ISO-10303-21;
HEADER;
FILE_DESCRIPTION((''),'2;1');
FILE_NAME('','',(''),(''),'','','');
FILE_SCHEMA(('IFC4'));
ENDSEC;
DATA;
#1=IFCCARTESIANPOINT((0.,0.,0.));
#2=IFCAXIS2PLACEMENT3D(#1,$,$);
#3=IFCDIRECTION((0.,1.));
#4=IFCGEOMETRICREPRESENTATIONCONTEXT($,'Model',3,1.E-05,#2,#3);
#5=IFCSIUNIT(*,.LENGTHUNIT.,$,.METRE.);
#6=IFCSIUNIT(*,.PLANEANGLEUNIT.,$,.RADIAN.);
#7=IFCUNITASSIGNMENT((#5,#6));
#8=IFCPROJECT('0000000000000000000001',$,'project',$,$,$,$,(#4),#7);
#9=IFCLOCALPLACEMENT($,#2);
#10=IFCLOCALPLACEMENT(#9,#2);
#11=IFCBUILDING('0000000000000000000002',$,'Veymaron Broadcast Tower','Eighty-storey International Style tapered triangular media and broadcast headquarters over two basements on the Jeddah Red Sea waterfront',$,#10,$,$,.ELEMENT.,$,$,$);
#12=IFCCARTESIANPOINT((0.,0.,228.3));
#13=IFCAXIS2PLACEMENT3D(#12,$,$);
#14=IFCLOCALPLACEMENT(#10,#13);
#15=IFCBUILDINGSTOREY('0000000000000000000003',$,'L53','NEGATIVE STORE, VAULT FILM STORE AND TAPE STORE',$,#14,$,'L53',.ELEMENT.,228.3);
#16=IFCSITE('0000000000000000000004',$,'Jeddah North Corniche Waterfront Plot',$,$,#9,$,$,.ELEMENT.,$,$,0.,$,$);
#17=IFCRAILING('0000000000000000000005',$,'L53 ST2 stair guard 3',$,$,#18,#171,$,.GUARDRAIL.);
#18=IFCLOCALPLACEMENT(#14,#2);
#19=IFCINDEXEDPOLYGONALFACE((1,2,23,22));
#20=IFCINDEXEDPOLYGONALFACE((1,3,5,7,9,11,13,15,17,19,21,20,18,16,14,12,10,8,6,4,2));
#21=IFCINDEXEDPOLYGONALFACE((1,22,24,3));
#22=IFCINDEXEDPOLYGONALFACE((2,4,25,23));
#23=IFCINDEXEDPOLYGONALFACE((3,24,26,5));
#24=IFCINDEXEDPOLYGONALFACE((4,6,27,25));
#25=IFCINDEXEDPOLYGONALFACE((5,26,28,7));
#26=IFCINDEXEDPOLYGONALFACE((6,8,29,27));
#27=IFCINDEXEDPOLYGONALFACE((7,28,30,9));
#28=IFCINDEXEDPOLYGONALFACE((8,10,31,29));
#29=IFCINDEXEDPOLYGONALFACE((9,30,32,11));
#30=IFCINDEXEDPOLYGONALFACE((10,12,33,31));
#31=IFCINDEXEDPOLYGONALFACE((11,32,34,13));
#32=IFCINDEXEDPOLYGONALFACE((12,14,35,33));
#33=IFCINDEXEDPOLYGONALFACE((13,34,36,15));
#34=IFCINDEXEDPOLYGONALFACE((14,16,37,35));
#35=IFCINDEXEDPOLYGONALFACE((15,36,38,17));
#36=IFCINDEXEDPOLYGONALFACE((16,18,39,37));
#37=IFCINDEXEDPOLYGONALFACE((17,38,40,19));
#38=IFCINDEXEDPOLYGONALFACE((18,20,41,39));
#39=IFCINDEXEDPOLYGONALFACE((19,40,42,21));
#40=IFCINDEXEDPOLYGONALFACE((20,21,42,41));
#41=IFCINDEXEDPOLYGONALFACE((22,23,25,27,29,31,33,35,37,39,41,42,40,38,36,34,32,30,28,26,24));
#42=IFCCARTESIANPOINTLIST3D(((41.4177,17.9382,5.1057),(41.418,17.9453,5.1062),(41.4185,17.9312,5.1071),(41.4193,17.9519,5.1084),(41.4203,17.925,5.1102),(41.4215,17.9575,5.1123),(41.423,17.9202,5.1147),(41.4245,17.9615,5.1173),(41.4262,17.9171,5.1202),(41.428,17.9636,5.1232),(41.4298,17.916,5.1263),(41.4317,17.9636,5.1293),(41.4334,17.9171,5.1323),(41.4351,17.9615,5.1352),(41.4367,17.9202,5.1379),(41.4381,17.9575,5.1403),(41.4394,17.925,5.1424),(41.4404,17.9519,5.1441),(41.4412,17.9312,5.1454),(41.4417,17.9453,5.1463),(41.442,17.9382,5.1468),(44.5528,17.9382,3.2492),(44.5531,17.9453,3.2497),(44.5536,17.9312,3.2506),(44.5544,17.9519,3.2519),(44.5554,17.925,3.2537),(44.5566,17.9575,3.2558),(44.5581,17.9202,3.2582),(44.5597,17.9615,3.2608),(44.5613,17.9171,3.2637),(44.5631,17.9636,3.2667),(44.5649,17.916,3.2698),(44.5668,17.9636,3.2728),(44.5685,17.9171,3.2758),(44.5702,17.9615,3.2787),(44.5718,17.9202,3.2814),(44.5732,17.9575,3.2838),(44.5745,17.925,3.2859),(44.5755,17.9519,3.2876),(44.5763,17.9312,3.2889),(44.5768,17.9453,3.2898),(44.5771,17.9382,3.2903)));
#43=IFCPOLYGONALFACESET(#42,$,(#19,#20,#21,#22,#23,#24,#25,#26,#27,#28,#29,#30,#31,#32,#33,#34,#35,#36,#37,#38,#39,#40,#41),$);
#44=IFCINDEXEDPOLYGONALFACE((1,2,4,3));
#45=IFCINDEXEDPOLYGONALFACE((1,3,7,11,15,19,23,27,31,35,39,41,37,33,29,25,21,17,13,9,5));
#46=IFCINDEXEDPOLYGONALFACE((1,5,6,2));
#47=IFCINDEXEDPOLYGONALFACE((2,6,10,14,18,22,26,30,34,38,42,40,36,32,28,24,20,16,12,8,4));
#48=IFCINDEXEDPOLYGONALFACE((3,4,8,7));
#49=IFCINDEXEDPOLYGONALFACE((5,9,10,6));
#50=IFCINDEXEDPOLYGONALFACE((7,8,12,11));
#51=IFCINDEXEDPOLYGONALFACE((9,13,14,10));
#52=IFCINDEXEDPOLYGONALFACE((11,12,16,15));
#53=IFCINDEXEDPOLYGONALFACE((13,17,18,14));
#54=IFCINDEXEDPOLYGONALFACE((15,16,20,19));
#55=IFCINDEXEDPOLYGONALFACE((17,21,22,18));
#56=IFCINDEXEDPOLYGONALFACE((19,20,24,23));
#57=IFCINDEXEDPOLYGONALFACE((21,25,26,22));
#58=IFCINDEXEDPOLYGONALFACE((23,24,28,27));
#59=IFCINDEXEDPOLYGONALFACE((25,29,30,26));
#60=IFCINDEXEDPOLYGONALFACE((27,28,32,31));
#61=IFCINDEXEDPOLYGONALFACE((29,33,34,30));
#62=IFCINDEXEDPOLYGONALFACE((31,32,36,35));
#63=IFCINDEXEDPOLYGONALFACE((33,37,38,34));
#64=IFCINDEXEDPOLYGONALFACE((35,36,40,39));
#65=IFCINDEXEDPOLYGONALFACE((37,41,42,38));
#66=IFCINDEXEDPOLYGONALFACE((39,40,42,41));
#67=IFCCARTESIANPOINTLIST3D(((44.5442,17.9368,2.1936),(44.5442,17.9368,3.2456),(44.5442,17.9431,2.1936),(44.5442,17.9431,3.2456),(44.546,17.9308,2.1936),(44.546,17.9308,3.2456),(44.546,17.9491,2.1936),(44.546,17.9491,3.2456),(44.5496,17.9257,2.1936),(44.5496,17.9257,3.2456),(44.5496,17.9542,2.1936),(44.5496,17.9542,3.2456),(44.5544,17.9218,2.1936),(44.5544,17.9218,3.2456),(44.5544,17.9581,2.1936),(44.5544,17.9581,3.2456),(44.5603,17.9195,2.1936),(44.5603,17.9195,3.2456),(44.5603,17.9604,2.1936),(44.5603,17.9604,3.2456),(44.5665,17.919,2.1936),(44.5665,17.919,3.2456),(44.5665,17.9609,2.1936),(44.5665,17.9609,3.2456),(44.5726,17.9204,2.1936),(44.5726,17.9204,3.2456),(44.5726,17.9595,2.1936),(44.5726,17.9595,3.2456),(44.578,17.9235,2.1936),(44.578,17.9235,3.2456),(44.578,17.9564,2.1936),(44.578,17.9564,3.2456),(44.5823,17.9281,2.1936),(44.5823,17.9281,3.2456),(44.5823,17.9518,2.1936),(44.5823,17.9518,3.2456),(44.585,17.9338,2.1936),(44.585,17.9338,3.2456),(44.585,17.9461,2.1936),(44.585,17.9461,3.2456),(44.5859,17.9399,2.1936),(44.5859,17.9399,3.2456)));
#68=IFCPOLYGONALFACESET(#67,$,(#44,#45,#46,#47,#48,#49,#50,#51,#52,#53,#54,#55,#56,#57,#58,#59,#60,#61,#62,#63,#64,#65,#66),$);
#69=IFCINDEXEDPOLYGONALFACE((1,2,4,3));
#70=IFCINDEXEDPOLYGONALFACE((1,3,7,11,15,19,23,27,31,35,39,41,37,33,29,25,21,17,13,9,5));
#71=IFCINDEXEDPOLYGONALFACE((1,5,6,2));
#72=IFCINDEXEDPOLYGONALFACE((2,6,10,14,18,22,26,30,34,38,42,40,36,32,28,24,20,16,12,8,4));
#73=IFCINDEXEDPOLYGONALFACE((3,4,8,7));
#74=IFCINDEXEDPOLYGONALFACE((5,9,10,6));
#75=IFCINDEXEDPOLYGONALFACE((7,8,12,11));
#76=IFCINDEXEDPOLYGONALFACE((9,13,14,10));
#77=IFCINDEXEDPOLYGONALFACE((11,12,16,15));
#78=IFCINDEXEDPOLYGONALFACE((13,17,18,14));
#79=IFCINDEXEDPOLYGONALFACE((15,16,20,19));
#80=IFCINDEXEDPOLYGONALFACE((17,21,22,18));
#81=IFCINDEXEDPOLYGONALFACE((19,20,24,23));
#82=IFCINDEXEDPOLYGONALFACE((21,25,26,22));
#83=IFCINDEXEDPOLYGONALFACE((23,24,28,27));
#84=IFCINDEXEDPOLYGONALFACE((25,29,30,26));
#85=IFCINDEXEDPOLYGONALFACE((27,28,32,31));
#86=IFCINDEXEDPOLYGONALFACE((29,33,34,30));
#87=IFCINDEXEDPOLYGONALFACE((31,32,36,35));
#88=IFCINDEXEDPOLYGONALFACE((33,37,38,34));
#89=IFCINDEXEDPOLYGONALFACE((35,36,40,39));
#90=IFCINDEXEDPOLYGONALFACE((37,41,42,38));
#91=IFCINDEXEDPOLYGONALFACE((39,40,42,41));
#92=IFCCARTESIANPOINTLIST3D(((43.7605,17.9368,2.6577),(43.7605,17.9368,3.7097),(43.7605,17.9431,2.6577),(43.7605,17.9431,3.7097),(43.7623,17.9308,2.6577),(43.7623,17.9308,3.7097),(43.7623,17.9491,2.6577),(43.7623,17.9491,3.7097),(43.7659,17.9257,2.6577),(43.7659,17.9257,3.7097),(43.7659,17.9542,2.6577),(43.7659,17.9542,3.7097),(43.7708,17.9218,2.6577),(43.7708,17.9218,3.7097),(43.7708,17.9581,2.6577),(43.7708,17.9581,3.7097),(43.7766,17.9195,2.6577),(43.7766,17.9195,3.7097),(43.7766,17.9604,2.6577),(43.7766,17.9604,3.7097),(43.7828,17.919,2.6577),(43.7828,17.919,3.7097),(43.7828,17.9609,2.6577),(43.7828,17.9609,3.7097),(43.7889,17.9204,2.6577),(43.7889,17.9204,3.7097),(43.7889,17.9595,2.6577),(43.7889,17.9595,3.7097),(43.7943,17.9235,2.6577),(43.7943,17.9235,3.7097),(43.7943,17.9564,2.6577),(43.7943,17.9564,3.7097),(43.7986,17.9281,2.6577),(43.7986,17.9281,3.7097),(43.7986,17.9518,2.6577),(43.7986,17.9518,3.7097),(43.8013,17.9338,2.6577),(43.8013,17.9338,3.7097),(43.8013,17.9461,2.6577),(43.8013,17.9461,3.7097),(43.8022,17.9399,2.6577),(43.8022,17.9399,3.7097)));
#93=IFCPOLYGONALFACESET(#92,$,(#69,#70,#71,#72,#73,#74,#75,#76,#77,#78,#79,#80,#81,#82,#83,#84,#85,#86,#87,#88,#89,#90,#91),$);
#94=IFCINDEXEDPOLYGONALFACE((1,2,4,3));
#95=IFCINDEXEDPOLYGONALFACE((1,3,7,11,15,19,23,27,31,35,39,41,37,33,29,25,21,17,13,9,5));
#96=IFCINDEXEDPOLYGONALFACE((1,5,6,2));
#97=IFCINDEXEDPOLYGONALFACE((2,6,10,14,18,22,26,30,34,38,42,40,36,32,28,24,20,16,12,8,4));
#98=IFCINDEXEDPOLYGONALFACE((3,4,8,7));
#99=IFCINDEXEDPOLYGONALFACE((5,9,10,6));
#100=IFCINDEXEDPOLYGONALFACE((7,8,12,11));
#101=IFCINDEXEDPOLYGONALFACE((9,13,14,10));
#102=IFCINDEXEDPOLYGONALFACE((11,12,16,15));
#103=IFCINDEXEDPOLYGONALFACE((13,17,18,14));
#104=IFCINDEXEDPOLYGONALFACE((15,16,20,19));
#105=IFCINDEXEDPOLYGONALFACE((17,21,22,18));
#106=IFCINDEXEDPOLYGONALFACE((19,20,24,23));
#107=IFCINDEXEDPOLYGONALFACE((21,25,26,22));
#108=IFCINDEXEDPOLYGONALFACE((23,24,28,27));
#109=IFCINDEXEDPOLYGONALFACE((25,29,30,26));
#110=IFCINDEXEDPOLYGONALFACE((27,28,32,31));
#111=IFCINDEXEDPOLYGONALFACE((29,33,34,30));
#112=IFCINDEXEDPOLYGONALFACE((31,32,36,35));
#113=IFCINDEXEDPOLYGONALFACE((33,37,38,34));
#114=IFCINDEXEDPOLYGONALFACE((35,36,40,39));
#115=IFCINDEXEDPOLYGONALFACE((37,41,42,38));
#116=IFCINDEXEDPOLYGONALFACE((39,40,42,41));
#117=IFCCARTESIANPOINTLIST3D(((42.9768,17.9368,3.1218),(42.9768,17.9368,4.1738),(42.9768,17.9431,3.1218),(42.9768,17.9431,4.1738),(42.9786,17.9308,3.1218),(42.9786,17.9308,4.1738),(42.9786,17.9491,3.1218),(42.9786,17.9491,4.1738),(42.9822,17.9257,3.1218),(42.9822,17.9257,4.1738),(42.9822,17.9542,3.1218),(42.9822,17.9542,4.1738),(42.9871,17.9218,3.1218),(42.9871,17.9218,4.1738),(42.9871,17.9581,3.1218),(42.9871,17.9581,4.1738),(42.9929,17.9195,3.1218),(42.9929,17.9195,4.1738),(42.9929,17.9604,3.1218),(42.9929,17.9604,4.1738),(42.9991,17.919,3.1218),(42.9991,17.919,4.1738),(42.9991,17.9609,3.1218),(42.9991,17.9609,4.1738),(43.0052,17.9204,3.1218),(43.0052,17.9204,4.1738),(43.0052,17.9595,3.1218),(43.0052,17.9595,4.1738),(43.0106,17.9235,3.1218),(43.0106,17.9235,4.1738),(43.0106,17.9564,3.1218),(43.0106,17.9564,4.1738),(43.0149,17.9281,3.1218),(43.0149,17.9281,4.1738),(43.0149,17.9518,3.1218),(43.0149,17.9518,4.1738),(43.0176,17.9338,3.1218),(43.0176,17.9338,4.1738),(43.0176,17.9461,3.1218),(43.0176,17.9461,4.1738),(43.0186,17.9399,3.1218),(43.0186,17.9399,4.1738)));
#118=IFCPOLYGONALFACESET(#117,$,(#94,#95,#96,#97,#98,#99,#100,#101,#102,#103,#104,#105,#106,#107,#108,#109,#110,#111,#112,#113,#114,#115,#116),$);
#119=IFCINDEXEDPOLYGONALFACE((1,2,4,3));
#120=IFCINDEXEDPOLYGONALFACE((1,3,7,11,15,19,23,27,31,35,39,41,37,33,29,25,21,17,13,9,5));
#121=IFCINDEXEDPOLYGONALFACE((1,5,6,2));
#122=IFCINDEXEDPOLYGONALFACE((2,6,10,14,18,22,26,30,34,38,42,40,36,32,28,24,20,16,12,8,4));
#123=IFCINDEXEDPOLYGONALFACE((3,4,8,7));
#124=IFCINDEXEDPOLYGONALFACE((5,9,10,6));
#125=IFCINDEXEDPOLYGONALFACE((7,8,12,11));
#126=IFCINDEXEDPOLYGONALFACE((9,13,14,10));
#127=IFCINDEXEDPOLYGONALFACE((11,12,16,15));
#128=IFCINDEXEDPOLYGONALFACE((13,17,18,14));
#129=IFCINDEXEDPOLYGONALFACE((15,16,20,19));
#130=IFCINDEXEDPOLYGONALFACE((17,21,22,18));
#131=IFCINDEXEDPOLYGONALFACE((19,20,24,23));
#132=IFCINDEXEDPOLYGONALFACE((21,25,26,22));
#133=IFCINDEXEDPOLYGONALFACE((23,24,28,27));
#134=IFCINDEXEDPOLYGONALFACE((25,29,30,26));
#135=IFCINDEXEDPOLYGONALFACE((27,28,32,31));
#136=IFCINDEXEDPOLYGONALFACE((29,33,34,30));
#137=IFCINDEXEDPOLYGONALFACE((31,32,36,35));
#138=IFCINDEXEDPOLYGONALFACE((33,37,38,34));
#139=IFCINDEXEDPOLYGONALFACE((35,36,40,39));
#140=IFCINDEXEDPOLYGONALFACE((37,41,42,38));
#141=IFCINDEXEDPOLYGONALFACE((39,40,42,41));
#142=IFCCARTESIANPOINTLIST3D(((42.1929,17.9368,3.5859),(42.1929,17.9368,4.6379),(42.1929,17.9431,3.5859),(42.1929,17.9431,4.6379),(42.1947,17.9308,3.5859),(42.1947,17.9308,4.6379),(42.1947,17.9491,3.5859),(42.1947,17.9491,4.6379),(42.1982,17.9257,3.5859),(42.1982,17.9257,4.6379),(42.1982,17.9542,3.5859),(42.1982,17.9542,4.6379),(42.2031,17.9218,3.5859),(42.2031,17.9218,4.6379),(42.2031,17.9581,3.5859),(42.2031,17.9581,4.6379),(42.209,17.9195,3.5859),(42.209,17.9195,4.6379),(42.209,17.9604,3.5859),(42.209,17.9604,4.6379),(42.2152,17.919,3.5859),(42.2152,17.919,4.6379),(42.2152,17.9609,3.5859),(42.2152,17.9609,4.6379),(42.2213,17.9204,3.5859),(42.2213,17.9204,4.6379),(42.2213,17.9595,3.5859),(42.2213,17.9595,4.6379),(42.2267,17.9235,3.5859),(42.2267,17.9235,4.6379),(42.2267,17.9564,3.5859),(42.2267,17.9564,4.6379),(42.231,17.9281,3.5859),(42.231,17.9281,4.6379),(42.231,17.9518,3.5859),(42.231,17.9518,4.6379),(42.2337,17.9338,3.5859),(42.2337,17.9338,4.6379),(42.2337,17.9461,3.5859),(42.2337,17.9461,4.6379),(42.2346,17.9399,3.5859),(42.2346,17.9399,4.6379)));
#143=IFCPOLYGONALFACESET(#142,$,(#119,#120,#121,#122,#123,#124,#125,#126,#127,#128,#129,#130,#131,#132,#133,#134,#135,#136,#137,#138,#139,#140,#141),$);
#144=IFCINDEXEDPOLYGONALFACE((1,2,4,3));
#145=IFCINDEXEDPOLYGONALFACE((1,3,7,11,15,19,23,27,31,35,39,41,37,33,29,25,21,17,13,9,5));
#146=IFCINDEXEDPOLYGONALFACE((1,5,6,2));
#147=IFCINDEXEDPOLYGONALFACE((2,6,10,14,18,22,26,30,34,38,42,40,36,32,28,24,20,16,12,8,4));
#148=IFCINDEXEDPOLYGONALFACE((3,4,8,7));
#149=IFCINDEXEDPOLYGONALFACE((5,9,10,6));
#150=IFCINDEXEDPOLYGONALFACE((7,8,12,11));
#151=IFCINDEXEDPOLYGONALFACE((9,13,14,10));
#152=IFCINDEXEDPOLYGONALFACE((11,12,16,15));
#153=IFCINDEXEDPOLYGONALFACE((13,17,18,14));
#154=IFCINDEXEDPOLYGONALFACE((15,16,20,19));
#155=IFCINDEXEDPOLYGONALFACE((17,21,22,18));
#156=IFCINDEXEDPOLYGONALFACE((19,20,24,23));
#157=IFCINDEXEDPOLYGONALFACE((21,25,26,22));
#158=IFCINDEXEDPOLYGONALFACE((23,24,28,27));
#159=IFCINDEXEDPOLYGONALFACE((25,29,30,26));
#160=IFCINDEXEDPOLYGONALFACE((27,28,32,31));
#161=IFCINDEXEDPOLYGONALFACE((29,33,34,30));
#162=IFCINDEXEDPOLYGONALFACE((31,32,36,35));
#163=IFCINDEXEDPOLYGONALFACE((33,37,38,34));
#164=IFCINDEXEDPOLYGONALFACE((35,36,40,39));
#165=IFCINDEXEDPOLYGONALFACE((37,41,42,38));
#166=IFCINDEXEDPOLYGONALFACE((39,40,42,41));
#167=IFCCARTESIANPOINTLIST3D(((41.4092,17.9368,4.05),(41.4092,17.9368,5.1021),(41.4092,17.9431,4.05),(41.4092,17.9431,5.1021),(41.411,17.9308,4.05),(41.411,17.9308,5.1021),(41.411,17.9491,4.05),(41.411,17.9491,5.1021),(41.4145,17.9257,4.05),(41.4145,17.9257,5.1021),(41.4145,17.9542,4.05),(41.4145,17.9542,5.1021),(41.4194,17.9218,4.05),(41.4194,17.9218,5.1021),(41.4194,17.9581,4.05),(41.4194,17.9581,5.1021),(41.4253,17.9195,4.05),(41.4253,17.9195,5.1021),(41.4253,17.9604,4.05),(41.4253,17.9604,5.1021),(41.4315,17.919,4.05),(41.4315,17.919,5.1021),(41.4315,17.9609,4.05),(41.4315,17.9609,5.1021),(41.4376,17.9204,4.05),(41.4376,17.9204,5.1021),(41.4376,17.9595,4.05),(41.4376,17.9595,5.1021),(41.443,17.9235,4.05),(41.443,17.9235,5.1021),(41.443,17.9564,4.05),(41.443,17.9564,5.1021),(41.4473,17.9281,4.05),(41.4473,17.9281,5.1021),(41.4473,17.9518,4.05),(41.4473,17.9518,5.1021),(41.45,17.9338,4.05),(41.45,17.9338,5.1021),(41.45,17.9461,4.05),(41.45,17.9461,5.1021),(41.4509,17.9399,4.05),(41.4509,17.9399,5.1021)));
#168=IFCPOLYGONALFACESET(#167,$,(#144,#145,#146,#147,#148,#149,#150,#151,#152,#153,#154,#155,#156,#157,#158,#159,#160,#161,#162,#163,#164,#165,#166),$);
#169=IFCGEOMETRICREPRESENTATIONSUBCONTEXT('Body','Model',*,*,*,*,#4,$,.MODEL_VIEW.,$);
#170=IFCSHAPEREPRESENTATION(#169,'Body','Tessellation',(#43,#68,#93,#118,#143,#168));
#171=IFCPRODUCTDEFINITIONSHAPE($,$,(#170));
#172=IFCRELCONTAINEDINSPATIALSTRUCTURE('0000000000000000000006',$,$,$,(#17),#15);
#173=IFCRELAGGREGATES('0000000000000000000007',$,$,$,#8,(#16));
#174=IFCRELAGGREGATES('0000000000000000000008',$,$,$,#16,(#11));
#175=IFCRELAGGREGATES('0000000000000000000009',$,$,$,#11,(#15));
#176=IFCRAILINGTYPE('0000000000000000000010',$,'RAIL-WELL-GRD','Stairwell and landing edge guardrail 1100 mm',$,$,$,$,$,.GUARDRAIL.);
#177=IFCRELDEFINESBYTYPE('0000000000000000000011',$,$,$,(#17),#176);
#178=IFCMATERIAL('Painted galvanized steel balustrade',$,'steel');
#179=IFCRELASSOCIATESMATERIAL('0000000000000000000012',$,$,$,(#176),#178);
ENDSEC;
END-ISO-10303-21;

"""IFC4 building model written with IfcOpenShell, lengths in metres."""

from ifc_helpers import new_model, si_unit, direction, frame, origin, origin_2d, place, context, subcontext, project, spatial, circle, extrude, material, type_object, element, save


model = new_model("IFC4")

# Units and contexts
model_context = context("Model", 3, precision=1e-05, world=origin(), true_north=direction((0.0, 1.0)))
body_context = subcontext(model_context, "Body", "Model", "MODEL_VIEW")
ifc_project = project(units=[si_unit("LENGTHUNIT", "METRE"), si_unit("PLANEANGLEUNIT", "RADIAN")], contexts=[model_context])

# Site, building, storey
site_placement = place(None, origin())
site = spatial("IfcSite", under=ifc_project, at=site_placement, Name="Jeddah North Corniche Waterfront Plot", CompositionType="ELEMENT", RefElevation=0.0)
building_placement = place(site_placement, origin())
building = spatial("IfcBuilding", under=site, at=building_placement, Name="Veymaron Broadcast Tower", Description="Eighty-storey International Style tapered triangular media and broadcast headquarters over two basements on the Jeddah Red Sea waterfront", CompositionType="ELEMENT")
storey_placement = place(building_placement, frame((0.0, 0.0, 228.3)))
storey = spatial("IfcBuildingStorey", under=building, at=storey_placement, Name="L53", Description="NEGATIVE STORE, VAULT FILM STORE AND TAPE STORE", LongName="L53", CompositionType="ELEMENT", Elevation=228.3)

# Railing
ifc_material_1 = material(Name="Painted galvanized steel balustrade", Category="steel")
railing_type_1 = type_object("IfcRailingType", Name="RAIL-WELL-GRD", Description="Stairwell and landing edge guardrail 1100 mm", PredefinedType="GUARDRAIL", material=ifc_material_1)
railing_1_placement = place(storey_placement, frame((44.5649, 17.9399, 2.1936)))
element("IfcRailing", 1, at=railing_1_placement, inside=storey, type_object=railing_type_1, Name="L53 ST2 stair guard 3", PredefinedType="GUARDRAIL", context=body_context, shape_type="SweptSolid", body=[
    extrude(circle(Radius=0.0239, at=origin_2d()), frame((0.0, 0.0, 1.0762), z_axis=(-0.860453, 0.0, 0.509531), x_axis=(0.0, -1.0, 0.0)), (0.0, 0.0, 1.0), 3.6436),
    extrude(circle(Radius=0.021, at=origin_2d()), origin(), (0.0, 0.0, 1.0), 1.052),
    extrude(circle(Radius=0.021, at=origin_2d()), frame((-0.7837, 0.0, 0.4641)), (0.0, 0.0, 1.0), 1.052),
    extrude(circle(Radius=0.021, at=origin_2d()), frame((-1.5674, 0.0, 0.9282)), (0.0, 0.0, 1.0), 1.052),
    extrude(circle(Radius=0.021, at=origin_2d()), frame((-2.3513, 0.0, 1.3923)), (0.0, 0.0, 1.0), 1.052),
    extrude(circle(Radius=0.021, at=origin_2d()), frame((-3.135, 0.0, 1.8564)), (0.0, 0.0, 1.0), 1.052),
])

save(model, "model.ifc")
